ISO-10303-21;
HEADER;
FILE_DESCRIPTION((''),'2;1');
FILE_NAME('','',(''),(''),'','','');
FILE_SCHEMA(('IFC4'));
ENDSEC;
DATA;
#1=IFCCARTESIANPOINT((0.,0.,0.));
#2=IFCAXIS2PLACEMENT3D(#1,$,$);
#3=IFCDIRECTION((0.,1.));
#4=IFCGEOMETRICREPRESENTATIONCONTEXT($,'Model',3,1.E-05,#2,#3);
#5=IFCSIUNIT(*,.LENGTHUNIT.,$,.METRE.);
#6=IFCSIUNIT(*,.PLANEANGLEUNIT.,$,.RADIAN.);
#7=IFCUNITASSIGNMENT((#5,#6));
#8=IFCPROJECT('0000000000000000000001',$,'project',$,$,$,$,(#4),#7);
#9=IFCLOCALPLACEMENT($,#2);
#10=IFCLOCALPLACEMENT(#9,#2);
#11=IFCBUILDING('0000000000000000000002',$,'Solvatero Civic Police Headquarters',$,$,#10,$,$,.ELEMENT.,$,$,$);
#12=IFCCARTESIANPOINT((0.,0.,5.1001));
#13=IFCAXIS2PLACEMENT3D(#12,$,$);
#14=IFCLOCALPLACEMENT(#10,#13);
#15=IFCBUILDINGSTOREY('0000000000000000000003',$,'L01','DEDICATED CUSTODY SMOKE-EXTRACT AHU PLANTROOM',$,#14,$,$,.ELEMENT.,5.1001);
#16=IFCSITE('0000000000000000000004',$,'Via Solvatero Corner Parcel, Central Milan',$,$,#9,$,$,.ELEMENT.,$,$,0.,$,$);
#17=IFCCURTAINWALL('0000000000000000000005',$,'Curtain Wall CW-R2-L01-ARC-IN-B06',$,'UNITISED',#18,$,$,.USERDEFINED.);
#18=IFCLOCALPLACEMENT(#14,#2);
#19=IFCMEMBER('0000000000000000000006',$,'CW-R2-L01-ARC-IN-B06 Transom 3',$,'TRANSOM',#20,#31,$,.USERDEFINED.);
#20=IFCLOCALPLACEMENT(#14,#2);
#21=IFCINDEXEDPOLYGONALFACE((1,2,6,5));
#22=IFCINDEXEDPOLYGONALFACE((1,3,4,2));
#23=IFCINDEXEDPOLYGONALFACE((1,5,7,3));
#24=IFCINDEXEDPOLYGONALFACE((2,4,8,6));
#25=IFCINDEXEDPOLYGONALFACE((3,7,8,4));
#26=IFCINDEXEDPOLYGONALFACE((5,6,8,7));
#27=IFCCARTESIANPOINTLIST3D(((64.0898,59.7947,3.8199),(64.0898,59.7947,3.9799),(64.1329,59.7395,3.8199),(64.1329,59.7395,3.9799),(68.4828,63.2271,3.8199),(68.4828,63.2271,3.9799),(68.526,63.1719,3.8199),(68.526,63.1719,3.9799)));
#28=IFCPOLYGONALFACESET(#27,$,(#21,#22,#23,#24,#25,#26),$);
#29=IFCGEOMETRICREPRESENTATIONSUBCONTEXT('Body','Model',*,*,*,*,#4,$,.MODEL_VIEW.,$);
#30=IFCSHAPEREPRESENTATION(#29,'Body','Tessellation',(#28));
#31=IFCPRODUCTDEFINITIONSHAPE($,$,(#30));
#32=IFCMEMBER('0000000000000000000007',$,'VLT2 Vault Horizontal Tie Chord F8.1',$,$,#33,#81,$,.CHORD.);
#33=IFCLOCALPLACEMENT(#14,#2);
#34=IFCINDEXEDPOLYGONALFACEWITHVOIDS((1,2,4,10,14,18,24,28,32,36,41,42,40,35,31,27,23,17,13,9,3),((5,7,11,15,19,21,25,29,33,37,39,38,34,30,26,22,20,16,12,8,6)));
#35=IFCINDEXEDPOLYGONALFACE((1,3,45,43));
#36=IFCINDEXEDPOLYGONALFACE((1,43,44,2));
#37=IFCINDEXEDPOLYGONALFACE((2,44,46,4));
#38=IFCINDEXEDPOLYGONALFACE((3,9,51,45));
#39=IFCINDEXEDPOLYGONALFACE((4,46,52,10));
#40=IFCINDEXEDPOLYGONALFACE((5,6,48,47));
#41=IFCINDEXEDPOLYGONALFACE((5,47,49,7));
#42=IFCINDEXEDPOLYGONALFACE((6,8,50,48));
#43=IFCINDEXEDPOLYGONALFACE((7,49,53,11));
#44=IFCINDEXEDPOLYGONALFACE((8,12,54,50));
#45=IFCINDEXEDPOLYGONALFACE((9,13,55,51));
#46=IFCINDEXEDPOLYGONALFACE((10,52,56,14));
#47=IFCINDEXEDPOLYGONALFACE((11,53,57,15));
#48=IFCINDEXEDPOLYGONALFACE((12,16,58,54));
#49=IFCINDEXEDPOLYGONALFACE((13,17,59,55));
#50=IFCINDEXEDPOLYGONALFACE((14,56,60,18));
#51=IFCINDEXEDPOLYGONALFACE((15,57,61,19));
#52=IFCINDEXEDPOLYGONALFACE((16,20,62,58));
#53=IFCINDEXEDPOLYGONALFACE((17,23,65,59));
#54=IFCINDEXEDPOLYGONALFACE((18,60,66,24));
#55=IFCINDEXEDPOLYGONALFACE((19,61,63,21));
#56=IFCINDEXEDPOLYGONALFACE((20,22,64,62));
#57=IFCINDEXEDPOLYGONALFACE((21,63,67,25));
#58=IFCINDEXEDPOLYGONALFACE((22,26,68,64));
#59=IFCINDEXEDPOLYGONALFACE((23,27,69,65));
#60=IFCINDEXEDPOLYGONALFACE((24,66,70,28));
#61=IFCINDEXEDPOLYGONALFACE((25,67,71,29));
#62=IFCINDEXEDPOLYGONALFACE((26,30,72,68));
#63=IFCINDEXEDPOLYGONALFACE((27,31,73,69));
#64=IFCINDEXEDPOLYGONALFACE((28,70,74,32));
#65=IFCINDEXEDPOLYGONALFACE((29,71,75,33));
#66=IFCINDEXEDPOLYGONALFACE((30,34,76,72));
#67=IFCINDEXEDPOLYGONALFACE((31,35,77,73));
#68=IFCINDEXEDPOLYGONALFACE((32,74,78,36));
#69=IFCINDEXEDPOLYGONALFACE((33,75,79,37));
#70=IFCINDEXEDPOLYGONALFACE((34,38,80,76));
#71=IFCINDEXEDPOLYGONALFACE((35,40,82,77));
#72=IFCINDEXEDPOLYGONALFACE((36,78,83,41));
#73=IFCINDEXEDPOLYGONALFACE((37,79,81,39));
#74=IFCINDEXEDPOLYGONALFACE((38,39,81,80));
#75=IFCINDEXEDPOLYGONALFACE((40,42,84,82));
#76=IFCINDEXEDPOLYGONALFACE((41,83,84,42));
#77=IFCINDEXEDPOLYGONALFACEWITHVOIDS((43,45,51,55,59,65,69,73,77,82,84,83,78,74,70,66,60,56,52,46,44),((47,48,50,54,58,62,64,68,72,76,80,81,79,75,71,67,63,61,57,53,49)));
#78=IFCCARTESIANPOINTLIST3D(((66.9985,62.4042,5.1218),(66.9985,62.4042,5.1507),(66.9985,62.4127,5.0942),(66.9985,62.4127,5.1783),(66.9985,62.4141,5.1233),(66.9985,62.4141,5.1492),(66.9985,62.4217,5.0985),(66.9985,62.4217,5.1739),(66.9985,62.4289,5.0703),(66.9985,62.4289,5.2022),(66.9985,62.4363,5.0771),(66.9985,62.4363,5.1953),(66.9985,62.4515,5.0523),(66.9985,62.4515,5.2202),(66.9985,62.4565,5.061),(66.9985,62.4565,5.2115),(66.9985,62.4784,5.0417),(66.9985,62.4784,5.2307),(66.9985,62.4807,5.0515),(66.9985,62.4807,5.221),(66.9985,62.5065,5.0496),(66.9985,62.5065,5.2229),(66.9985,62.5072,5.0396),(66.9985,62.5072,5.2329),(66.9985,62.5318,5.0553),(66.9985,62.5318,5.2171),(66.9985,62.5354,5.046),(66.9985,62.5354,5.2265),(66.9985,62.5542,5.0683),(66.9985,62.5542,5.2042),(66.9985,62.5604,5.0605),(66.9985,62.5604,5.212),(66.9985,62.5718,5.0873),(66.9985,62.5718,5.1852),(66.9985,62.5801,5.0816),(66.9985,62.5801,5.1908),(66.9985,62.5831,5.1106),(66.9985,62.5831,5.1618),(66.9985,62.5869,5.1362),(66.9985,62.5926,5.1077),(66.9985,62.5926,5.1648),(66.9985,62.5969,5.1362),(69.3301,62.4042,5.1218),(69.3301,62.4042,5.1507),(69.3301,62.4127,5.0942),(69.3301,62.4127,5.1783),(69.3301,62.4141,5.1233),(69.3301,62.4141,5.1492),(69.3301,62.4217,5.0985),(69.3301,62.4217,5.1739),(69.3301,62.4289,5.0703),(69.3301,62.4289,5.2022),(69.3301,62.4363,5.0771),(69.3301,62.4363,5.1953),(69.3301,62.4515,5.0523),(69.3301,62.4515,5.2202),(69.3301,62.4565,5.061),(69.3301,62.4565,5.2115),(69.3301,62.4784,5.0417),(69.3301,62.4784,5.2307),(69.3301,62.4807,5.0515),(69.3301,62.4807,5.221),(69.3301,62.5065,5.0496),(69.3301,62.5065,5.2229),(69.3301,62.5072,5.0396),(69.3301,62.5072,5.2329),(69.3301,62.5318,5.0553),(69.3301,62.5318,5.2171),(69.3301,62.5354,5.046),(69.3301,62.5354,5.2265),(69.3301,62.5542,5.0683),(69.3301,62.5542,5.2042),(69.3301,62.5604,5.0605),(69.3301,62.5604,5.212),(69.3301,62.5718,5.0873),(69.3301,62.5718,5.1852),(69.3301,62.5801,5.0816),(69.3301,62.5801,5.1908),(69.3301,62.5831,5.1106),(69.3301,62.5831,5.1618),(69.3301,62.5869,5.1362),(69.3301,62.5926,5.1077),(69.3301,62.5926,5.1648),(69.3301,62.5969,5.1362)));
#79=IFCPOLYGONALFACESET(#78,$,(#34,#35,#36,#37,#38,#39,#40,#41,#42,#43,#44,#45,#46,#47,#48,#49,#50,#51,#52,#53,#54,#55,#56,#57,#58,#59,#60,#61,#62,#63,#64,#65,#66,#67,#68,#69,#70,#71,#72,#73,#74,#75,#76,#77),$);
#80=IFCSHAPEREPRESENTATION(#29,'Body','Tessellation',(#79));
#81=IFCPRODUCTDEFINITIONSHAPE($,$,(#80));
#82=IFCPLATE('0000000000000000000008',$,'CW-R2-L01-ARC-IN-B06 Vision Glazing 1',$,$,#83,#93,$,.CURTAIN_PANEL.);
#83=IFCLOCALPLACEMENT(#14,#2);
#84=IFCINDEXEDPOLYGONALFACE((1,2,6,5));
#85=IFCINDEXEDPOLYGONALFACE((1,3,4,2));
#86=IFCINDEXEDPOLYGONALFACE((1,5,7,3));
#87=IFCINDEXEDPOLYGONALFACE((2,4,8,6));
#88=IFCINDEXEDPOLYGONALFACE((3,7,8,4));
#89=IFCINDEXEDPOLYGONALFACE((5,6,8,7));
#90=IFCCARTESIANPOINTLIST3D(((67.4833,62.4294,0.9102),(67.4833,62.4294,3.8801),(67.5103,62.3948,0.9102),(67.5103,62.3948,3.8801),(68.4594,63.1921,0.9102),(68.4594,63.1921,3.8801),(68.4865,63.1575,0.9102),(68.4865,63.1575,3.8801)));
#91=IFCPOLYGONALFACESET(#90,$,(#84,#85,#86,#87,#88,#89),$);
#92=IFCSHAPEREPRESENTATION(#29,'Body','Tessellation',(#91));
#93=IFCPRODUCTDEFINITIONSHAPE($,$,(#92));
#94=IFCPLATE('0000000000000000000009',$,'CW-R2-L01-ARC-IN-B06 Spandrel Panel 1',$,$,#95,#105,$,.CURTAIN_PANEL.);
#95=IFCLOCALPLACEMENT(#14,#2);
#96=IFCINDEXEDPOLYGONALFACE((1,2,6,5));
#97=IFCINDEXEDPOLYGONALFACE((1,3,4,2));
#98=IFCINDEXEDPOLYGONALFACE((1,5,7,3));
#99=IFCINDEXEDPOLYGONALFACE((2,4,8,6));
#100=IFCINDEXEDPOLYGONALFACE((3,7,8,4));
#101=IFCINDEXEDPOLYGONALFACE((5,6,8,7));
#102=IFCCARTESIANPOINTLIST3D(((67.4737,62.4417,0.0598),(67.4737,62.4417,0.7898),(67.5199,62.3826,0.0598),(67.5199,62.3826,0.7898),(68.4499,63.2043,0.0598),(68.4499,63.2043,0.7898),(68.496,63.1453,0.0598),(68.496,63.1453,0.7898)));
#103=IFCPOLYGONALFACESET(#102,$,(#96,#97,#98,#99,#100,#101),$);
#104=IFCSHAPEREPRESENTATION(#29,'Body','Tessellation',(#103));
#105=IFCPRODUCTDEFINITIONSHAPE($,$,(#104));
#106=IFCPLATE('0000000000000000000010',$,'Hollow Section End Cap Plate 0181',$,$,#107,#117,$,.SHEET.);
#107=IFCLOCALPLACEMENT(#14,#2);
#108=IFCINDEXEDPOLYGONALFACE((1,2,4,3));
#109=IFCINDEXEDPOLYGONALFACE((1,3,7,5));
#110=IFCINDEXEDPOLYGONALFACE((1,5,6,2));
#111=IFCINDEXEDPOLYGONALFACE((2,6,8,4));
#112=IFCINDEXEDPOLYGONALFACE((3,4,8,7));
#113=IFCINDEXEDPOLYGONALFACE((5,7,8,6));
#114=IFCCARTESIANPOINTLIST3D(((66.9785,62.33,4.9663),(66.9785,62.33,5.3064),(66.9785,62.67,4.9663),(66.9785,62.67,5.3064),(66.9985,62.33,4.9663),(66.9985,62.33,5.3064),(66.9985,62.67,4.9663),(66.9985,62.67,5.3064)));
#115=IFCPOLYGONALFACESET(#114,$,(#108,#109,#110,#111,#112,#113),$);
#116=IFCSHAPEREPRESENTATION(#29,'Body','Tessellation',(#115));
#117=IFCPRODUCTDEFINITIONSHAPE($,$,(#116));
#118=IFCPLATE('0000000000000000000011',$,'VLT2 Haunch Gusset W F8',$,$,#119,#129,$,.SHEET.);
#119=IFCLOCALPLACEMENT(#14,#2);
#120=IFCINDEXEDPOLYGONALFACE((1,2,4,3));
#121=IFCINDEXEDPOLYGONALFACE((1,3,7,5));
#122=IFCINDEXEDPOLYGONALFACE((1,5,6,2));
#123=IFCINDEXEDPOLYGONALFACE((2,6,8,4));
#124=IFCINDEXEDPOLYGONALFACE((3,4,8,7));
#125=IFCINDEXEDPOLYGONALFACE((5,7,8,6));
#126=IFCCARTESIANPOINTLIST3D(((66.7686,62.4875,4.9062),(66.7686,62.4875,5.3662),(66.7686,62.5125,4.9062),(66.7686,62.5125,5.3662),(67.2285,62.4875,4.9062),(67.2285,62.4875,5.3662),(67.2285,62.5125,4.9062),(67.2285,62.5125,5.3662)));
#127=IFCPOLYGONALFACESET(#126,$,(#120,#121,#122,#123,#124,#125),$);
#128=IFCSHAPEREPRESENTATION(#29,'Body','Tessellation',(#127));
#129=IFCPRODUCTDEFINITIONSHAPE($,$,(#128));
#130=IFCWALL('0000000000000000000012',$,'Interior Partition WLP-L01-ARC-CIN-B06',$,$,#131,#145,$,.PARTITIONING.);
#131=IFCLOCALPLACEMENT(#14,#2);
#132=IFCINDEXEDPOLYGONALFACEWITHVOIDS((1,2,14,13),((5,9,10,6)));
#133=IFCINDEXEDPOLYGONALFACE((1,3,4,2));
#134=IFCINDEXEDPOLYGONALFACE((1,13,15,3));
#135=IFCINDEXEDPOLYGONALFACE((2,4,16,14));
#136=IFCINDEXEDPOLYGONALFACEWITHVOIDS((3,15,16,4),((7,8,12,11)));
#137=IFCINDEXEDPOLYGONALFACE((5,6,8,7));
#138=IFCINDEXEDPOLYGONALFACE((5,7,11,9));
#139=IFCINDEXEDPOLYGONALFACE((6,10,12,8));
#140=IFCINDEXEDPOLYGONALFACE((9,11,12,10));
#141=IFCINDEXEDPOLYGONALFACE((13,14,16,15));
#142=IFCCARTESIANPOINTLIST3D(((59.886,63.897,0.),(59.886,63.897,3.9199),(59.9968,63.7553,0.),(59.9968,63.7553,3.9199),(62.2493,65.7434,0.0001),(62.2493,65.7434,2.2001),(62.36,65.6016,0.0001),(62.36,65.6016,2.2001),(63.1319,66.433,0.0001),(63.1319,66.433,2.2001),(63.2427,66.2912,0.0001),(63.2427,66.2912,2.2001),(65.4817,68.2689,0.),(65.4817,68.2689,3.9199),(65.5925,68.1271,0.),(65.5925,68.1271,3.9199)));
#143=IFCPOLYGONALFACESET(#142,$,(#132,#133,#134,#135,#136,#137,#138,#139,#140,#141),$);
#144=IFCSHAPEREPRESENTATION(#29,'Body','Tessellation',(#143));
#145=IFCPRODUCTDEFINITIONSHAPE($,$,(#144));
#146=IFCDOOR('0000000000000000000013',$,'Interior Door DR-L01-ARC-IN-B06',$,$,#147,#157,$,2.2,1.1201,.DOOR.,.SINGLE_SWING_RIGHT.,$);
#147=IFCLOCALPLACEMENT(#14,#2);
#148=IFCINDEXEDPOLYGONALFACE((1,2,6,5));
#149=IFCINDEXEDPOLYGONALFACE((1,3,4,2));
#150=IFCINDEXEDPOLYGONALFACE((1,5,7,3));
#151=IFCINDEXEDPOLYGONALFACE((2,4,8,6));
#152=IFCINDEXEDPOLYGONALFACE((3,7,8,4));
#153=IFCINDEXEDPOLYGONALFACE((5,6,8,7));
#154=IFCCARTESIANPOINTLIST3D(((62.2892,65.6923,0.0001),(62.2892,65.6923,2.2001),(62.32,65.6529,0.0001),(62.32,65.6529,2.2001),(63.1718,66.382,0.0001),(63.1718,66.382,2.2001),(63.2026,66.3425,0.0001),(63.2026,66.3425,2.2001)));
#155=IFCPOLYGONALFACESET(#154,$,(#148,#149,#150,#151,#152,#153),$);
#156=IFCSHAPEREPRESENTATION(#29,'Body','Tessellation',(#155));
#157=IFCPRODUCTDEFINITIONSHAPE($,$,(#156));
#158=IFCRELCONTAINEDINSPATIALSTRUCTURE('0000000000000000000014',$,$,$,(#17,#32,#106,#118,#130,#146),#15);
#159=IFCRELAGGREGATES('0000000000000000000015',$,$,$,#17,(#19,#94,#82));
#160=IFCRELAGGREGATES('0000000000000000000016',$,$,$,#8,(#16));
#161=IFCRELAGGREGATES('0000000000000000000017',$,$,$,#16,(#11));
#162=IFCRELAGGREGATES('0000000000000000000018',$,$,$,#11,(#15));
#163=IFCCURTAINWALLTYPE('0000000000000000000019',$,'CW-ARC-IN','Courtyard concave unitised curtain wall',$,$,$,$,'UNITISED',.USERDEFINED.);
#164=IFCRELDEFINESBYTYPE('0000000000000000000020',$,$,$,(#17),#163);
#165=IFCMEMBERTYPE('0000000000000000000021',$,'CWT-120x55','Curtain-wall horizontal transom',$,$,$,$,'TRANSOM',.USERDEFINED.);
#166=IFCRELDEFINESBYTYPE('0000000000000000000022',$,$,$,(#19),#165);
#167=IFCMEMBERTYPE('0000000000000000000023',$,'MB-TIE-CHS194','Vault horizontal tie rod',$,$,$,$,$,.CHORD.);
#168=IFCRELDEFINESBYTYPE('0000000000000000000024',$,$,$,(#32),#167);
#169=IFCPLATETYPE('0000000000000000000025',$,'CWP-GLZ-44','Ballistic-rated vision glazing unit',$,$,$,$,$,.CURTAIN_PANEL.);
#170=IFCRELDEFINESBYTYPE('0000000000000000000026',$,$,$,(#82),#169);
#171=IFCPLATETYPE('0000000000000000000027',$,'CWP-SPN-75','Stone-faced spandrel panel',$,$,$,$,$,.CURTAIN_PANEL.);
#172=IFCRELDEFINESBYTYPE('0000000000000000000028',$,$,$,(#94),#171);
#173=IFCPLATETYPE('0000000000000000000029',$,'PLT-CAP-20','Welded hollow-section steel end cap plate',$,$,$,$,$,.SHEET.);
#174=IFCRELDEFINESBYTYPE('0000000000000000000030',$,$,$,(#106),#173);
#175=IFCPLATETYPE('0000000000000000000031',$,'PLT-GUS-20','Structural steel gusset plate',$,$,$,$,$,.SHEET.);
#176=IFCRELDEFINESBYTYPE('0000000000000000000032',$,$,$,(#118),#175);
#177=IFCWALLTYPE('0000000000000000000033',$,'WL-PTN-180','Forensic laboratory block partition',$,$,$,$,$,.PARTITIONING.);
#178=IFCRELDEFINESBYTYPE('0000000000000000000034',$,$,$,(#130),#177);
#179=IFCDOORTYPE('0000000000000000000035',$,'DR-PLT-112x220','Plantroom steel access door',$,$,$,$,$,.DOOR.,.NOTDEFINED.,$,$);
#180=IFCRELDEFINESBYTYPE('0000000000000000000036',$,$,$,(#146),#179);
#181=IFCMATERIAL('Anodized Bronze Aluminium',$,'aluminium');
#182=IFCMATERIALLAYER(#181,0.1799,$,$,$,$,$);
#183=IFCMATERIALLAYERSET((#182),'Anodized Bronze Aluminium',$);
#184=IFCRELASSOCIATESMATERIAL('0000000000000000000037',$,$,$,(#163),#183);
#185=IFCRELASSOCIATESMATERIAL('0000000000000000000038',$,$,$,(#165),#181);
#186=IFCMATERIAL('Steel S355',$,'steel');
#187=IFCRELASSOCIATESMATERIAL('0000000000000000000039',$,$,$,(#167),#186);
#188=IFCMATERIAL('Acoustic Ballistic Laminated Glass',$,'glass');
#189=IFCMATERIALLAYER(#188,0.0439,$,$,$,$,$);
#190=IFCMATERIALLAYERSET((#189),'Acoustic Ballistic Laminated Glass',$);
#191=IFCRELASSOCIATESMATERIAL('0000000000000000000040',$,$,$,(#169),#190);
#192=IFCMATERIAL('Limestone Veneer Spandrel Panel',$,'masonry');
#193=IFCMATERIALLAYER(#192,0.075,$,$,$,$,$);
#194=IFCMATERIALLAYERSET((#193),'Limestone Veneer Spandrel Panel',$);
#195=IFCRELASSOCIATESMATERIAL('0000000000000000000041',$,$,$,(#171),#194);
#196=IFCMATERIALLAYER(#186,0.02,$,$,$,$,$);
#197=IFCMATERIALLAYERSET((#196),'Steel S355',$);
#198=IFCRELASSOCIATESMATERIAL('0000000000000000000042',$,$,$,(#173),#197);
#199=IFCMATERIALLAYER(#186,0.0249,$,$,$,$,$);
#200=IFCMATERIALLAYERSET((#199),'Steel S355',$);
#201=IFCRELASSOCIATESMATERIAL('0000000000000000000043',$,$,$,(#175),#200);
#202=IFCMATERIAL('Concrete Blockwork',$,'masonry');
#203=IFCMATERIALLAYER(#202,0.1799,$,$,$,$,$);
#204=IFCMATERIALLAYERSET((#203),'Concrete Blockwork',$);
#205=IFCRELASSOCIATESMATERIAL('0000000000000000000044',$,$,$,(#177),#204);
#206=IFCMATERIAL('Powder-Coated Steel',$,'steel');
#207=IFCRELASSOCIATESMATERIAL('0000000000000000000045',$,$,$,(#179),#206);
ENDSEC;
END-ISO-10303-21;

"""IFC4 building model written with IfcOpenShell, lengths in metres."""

from ifc_helpers import new_model, si_unit, direction, frame, frame_2d, origin, origin_2d, place, context, subcontext, project, spatial, rectangle, hollow_circle, extrude, material, layer, layer_set, material_profile, profile_set, type_object, element, fill, aggregate, save


model = new_model("IFC4")

# Units and contexts
model_context = context("Model", 3, precision=1e-05, world=origin(), true_north=direction((0.0, 1.0)))
body_context = subcontext(model_context, "Body", "Model", "MODEL_VIEW")
ifc_project = project(units=[si_unit("LENGTHUNIT", "METRE"), si_unit("PLANEANGLEUNIT", "RADIAN")], contexts=[model_context])

# Site, building, storey
site_placement = place(None, origin())
site = spatial("IfcSite", under=ifc_project, at=site_placement, Name="Via Solvatero Corner Parcel, Central Milan", CompositionType="ELEMENT", RefElevation=0.0)
building_placement = place(site_placement, origin())
building = spatial("IfcBuilding", under=site, at=building_placement, Name="Solvatero Civic Police Headquarters", CompositionType="ELEMENT")
storey_placement = place(building_placement, frame((0.0, 0.0, 5.1001)))
storey = spatial("IfcBuildingStorey", under=building, at=storey_placement, Name="L01", Description="DEDICATED CUSTODY SMOKE-EXTRACT AHU PLANTROOM", CompositionType="ELEMENT", Elevation=5.1001)

# Shared definitions
ifc_material_1 = material(Name="Steel S355", Category="steel")

# Curtain wall, member
ifc_material_2 = material(Name="Anodized Bronze Aluminium", Category="aluminium")
ifc_layer_1 = layer(ifc_material_2, 0.1799)
ifc_layer_set_1 = layer_set([ifc_layer_1], Name="Anodized Bronze Aluminium")
curtain_wall_type = type_object("IfcCurtainWallType", Name="CW-ARC-IN", Description="Courtyard concave unitised curtain wall", ElementType="UNITISED", PredefinedType="USERDEFINED", material=ifc_layer_set_1)
curtain_wall_placement = place(storey_placement, origin())
curtain_wall = element("IfcCurtainWall", 1, at=curtain_wall_placement, inside=storey, type_object=curtain_wall_type, Name="Curtain Wall CW-R2-L01-ARC-IN-B06", ObjectType="UNITISED", PredefinedType="USERDEFINED")
ifc_material_profile_1 = material_profile(ifc_material_2, rectangle(XDim=0.0701, YDim=0.1599, at=origin_2d()), Name="ALU TRANSOM 70x160")
ifc_profile_set_1 = profile_set([ifc_material_profile_1], Name="Anodized Bronze Aluminium")
member_type_1 = type_object("IfcMemberType", Name="CWT-120x55", Description="Curtain-wall horizontal transom", ElementType="TRANSOM", PredefinedType="USERDEFINED", material=ifc_profile_set_1)
member_1_placement = place(storey_placement, frame((68.5044, 63.1995, 3.8999), z_axis=(-0.787999, -0.615676, 0.0), x_axis=(0.615676, -0.787999, 0.0)))
member_1 = element("IfcMember", 2, at=member_1_placement, type_object=member_type_1, Name="CW-R2-L01-ARC-IN-B06 Transom 3", ObjectType="TRANSOM", PredefinedType="USERDEFINED", context=body_context, shape_type="SweptSolid", body=[
    extrude(rectangle(XDim=0.0701, YDim=0.1599, at=origin_2d()), origin(), (0.0, 0.0, 1.0), 5.575),
])

# Member
ifc_material_profile_2 = material_profile(ifc_material_1, hollow_circle(Radius=0.0969, WallThickness=0.01, at=origin_2d()), Name="CHS 193.7x10.0")
ifc_profile_set_2 = profile_set([ifc_material_profile_2], Name="Steel S355")
member_type_2 = type_object("IfcMemberType", Name="MB-TIE-CHS194", Description="Vault horizontal tie rod", PredefinedType="CHORD", material=ifc_profile_set_2)
member_2_placement = place(storey_placement, frame((66.9985, 62.5, 5.1362), z_axis=(1.0, 0.0, 0.0), x_axis=(0.0, 1.0, 0.0)))
element("IfcMember", 3, at=member_2_placement, inside=storey, type_object=member_type_2, Name="VLT2 Vault Horizontal Tie Chord F8.1", PredefinedType="CHORD", context=body_context, shape_type="SweptSolid", body=[
    extrude(hollow_circle(Radius=0.0969, WallThickness=0.01, at=origin_2d()), origin(), (0.0, 0.0, 1.0), 2.3315),
])

# Plates
ifc_material_3 = material(Name="Acoustic Ballistic Laminated Glass", Category="glass")
ifc_layer_2 = layer(ifc_material_3, 0.0439)
ifc_layer_set_2 = layer_set([ifc_layer_2], Name="Acoustic Ballistic Laminated Glass")
plate_type_1 = type_object("IfcPlateType", Name="CWP-GLZ-44", Description="Ballistic-rated vision glazing unit", PredefinedType="CURTAIN_PANEL", material=ifc_layer_set_2)
plate_1_placement = place(storey_placement, frame((67.9849, 62.7935, 0.9102), z_axis=(0.0, 0.0, 1.0), x_axis=(-0.788011, -0.615661, 0.0)))
plate_1 = element("IfcPlate", 4, at=plate_1_placement, type_object=plate_type_1, Name="CW-R2-L01-ARC-IN-B06 Vision Glazing 1", PredefinedType="CURTAIN_PANEL", context=body_context, shape_type="SweptSolid", body=[
    extrude(rectangle(XDim=1.2388, YDim=0.0439, at=origin_2d()), origin(), (0.0, 0.0, 1.0), 2.97),
])
ifc_material_4 = material(Name="Limestone Veneer Spandrel Panel", Category="masonry")
ifc_layer_3 = layer(ifc_material_4, 0.075)
ifc_layer_set_3 = layer_set([ifc_layer_3], Name="Limestone Veneer Spandrel Panel")
plate_type_2 = type_object("IfcPlateType", Name="CWP-SPN-75", Description="Stone-faced spandrel panel", PredefinedType="CURTAIN_PANEL", material=ifc_layer_set_3)
plate_2_placement = place(storey_placement, frame((67.9849, 62.7935, 0.0598), z_axis=(0.0, 0.0, 1.0), x_axis=(-0.788011, -0.615661, 0.0)))
plate_2 = element("IfcPlate", 5, at=plate_2_placement, type_object=plate_type_2, Name="CW-R2-L01-ARC-IN-B06 Spandrel Panel 1", PredefinedType="CURTAIN_PANEL", context=body_context, shape_type="SweptSolid", body=[
    extrude(rectangle(XDim=1.2388, YDim=0.075, at=origin_2d()), origin(), (0.0, 0.0, 1.0), 0.73),
])
aggregate(curtain_wall, [member_1, plate_2, plate_1])

# Plates
ifc_layer_4 = layer(ifc_material_1, 0.02)
ifc_layer_set_4 = layer_set([ifc_layer_4], Name="Steel S355")
plate_type_3 = type_object("IfcPlateType", Name="PLT-CAP-20", Description="Welded hollow-section steel end cap plate", PredefinedType="SHEET", material=ifc_layer_set_4)
plate_3_placement = place(storey_placement, frame((66.9885, 62.5, 4.9663), z_axis=(0.0, 0.0, 1.0), x_axis=(1.0, 0.0, 0.0)))
element("IfcPlate", 6, at=plate_3_placement, inside=storey, type_object=plate_type_3, Name="Hollow Section End Cap Plate 0181", PredefinedType="SHEET", context=body_context, shape_type="SweptSolid", body=[
    extrude(rectangle(XDim=0.02, YDim=0.3401, at=origin_2d()), origin(), (0.0, 0.0, 1.0), 0.3401),
])
ifc_layer_5 = layer(ifc_material_1, 0.0249)
ifc_layer_set_5 = layer_set([ifc_layer_5], Name="Steel S355")
plate_type_4 = type_object("IfcPlateType", Name="PLT-GUS-20", Description="Structural steel gusset plate", PredefinedType="SHEET", material=ifc_layer_set_5)
plate_4_placement = place(storey_placement, frame((66.9985, 62.5, 4.9062), z_axis=(0.0, 0.0, 1.0), x_axis=(1.0, 0.0, 0.0)))
element("IfcPlate", 7, at=plate_4_placement, inside=storey, type_object=plate_type_4, Name="VLT2 Haunch Gusset W F8", PredefinedType="SHEET", context=body_context, shape_type="SweptSolid", body=[
    extrude(rectangle(XDim=0.46, YDim=0.0249, at=origin_2d()), origin(), (0.0, 0.0, 1.0), 0.46),
])

# Wall, opening, door
ifc_material_5 = material(Name="Concrete Blockwork", Category="masonry")
ifc_layer_6 = layer(ifc_material_5, 0.1799)
ifc_layer_set_6 = layer_set([ifc_layer_6], Name="Concrete Blockwork")
wall_type = type_object("IfcWallType", Name="WL-PTN-180", Description="Forensic laboratory block partition", PredefinedType="PARTITIONING", material=ifc_layer_set_6)
wall_1_placement = place(storey_placement, frame((65.5371, 68.198, 0.0), z_axis=(0.0, 0.0, 1.0), x_axis=(-0.788012, -0.61566, 0.0)))
wall_1 = element("IfcWall", 8, at=wall_1_placement, inside=storey, type_object=wall_type, Name="Interior Partition WLP-L01-ARC-CIN-B06", PredefinedType="PARTITIONING", context=body_context, shape_type="SweptSolid", body=[
    extrude(rectangle(XDim=7.1011, YDim=0.1799, at=frame_2d((3.5505, 0.0))), origin(), (0.0, 0.0, 1.0), 3.9199),
])
opening_1_placement = place(wall_1_placement, frame((2.9819, 0.0, 0.0)))
opening_1 = element("IfcOpeningElement", 9, at=opening_1_placement, cuts=wall_1, PredefinedType="OPENING", context=body_context, shape_type="SweptSolid", body=[
    extrude(rectangle(XDim=1.1201, YDim=2.2, at=frame_2d((0.5601, 1.1001))), frame((0.0, 0.0999, 0.0), z_axis=(0.0, -1.0, 0.0), x_axis=(1.0, 0.0, 0.0)), (0.0, 0.0, 1.0), 0.2),
])
ifc_material_6 = material(Name="Powder-Coated Steel", Category="steel")
door_type_1 = type_object("IfcDoorType", Name="DR-PLT-112x220", Description="Plantroom steel access door", OperationType="NOTDEFINED", PredefinedType="DOOR", material=ifc_material_6)
door_1_placement = place(opening_1_placement, origin())
door_1 = element("IfcDoor", 10, at=door_1_placement, inside=storey, type_object=door_type_1, Name="Interior Door DR-L01-ARC-IN-B06", OperationType="SINGLE_SWING_RIGHT", OverallHeight=2.2, OverallWidth=1.1201, PredefinedType="DOOR", context=body_context, shape_type="SweptSolid", body=[
    extrude(rectangle(XDim=1.1201, YDim=2.2, at=frame_2d((0.5601, 1.1001))), frame((0.0, 0.0249, 0.0), z_axis=(0.0, -1.0, 0.0), x_axis=(1.0, 0.0, 0.0)), (0.0, 0.0, 1.0), 0.05),
])
fill(opening_1, door_1)

save(model, "model.ifc")
